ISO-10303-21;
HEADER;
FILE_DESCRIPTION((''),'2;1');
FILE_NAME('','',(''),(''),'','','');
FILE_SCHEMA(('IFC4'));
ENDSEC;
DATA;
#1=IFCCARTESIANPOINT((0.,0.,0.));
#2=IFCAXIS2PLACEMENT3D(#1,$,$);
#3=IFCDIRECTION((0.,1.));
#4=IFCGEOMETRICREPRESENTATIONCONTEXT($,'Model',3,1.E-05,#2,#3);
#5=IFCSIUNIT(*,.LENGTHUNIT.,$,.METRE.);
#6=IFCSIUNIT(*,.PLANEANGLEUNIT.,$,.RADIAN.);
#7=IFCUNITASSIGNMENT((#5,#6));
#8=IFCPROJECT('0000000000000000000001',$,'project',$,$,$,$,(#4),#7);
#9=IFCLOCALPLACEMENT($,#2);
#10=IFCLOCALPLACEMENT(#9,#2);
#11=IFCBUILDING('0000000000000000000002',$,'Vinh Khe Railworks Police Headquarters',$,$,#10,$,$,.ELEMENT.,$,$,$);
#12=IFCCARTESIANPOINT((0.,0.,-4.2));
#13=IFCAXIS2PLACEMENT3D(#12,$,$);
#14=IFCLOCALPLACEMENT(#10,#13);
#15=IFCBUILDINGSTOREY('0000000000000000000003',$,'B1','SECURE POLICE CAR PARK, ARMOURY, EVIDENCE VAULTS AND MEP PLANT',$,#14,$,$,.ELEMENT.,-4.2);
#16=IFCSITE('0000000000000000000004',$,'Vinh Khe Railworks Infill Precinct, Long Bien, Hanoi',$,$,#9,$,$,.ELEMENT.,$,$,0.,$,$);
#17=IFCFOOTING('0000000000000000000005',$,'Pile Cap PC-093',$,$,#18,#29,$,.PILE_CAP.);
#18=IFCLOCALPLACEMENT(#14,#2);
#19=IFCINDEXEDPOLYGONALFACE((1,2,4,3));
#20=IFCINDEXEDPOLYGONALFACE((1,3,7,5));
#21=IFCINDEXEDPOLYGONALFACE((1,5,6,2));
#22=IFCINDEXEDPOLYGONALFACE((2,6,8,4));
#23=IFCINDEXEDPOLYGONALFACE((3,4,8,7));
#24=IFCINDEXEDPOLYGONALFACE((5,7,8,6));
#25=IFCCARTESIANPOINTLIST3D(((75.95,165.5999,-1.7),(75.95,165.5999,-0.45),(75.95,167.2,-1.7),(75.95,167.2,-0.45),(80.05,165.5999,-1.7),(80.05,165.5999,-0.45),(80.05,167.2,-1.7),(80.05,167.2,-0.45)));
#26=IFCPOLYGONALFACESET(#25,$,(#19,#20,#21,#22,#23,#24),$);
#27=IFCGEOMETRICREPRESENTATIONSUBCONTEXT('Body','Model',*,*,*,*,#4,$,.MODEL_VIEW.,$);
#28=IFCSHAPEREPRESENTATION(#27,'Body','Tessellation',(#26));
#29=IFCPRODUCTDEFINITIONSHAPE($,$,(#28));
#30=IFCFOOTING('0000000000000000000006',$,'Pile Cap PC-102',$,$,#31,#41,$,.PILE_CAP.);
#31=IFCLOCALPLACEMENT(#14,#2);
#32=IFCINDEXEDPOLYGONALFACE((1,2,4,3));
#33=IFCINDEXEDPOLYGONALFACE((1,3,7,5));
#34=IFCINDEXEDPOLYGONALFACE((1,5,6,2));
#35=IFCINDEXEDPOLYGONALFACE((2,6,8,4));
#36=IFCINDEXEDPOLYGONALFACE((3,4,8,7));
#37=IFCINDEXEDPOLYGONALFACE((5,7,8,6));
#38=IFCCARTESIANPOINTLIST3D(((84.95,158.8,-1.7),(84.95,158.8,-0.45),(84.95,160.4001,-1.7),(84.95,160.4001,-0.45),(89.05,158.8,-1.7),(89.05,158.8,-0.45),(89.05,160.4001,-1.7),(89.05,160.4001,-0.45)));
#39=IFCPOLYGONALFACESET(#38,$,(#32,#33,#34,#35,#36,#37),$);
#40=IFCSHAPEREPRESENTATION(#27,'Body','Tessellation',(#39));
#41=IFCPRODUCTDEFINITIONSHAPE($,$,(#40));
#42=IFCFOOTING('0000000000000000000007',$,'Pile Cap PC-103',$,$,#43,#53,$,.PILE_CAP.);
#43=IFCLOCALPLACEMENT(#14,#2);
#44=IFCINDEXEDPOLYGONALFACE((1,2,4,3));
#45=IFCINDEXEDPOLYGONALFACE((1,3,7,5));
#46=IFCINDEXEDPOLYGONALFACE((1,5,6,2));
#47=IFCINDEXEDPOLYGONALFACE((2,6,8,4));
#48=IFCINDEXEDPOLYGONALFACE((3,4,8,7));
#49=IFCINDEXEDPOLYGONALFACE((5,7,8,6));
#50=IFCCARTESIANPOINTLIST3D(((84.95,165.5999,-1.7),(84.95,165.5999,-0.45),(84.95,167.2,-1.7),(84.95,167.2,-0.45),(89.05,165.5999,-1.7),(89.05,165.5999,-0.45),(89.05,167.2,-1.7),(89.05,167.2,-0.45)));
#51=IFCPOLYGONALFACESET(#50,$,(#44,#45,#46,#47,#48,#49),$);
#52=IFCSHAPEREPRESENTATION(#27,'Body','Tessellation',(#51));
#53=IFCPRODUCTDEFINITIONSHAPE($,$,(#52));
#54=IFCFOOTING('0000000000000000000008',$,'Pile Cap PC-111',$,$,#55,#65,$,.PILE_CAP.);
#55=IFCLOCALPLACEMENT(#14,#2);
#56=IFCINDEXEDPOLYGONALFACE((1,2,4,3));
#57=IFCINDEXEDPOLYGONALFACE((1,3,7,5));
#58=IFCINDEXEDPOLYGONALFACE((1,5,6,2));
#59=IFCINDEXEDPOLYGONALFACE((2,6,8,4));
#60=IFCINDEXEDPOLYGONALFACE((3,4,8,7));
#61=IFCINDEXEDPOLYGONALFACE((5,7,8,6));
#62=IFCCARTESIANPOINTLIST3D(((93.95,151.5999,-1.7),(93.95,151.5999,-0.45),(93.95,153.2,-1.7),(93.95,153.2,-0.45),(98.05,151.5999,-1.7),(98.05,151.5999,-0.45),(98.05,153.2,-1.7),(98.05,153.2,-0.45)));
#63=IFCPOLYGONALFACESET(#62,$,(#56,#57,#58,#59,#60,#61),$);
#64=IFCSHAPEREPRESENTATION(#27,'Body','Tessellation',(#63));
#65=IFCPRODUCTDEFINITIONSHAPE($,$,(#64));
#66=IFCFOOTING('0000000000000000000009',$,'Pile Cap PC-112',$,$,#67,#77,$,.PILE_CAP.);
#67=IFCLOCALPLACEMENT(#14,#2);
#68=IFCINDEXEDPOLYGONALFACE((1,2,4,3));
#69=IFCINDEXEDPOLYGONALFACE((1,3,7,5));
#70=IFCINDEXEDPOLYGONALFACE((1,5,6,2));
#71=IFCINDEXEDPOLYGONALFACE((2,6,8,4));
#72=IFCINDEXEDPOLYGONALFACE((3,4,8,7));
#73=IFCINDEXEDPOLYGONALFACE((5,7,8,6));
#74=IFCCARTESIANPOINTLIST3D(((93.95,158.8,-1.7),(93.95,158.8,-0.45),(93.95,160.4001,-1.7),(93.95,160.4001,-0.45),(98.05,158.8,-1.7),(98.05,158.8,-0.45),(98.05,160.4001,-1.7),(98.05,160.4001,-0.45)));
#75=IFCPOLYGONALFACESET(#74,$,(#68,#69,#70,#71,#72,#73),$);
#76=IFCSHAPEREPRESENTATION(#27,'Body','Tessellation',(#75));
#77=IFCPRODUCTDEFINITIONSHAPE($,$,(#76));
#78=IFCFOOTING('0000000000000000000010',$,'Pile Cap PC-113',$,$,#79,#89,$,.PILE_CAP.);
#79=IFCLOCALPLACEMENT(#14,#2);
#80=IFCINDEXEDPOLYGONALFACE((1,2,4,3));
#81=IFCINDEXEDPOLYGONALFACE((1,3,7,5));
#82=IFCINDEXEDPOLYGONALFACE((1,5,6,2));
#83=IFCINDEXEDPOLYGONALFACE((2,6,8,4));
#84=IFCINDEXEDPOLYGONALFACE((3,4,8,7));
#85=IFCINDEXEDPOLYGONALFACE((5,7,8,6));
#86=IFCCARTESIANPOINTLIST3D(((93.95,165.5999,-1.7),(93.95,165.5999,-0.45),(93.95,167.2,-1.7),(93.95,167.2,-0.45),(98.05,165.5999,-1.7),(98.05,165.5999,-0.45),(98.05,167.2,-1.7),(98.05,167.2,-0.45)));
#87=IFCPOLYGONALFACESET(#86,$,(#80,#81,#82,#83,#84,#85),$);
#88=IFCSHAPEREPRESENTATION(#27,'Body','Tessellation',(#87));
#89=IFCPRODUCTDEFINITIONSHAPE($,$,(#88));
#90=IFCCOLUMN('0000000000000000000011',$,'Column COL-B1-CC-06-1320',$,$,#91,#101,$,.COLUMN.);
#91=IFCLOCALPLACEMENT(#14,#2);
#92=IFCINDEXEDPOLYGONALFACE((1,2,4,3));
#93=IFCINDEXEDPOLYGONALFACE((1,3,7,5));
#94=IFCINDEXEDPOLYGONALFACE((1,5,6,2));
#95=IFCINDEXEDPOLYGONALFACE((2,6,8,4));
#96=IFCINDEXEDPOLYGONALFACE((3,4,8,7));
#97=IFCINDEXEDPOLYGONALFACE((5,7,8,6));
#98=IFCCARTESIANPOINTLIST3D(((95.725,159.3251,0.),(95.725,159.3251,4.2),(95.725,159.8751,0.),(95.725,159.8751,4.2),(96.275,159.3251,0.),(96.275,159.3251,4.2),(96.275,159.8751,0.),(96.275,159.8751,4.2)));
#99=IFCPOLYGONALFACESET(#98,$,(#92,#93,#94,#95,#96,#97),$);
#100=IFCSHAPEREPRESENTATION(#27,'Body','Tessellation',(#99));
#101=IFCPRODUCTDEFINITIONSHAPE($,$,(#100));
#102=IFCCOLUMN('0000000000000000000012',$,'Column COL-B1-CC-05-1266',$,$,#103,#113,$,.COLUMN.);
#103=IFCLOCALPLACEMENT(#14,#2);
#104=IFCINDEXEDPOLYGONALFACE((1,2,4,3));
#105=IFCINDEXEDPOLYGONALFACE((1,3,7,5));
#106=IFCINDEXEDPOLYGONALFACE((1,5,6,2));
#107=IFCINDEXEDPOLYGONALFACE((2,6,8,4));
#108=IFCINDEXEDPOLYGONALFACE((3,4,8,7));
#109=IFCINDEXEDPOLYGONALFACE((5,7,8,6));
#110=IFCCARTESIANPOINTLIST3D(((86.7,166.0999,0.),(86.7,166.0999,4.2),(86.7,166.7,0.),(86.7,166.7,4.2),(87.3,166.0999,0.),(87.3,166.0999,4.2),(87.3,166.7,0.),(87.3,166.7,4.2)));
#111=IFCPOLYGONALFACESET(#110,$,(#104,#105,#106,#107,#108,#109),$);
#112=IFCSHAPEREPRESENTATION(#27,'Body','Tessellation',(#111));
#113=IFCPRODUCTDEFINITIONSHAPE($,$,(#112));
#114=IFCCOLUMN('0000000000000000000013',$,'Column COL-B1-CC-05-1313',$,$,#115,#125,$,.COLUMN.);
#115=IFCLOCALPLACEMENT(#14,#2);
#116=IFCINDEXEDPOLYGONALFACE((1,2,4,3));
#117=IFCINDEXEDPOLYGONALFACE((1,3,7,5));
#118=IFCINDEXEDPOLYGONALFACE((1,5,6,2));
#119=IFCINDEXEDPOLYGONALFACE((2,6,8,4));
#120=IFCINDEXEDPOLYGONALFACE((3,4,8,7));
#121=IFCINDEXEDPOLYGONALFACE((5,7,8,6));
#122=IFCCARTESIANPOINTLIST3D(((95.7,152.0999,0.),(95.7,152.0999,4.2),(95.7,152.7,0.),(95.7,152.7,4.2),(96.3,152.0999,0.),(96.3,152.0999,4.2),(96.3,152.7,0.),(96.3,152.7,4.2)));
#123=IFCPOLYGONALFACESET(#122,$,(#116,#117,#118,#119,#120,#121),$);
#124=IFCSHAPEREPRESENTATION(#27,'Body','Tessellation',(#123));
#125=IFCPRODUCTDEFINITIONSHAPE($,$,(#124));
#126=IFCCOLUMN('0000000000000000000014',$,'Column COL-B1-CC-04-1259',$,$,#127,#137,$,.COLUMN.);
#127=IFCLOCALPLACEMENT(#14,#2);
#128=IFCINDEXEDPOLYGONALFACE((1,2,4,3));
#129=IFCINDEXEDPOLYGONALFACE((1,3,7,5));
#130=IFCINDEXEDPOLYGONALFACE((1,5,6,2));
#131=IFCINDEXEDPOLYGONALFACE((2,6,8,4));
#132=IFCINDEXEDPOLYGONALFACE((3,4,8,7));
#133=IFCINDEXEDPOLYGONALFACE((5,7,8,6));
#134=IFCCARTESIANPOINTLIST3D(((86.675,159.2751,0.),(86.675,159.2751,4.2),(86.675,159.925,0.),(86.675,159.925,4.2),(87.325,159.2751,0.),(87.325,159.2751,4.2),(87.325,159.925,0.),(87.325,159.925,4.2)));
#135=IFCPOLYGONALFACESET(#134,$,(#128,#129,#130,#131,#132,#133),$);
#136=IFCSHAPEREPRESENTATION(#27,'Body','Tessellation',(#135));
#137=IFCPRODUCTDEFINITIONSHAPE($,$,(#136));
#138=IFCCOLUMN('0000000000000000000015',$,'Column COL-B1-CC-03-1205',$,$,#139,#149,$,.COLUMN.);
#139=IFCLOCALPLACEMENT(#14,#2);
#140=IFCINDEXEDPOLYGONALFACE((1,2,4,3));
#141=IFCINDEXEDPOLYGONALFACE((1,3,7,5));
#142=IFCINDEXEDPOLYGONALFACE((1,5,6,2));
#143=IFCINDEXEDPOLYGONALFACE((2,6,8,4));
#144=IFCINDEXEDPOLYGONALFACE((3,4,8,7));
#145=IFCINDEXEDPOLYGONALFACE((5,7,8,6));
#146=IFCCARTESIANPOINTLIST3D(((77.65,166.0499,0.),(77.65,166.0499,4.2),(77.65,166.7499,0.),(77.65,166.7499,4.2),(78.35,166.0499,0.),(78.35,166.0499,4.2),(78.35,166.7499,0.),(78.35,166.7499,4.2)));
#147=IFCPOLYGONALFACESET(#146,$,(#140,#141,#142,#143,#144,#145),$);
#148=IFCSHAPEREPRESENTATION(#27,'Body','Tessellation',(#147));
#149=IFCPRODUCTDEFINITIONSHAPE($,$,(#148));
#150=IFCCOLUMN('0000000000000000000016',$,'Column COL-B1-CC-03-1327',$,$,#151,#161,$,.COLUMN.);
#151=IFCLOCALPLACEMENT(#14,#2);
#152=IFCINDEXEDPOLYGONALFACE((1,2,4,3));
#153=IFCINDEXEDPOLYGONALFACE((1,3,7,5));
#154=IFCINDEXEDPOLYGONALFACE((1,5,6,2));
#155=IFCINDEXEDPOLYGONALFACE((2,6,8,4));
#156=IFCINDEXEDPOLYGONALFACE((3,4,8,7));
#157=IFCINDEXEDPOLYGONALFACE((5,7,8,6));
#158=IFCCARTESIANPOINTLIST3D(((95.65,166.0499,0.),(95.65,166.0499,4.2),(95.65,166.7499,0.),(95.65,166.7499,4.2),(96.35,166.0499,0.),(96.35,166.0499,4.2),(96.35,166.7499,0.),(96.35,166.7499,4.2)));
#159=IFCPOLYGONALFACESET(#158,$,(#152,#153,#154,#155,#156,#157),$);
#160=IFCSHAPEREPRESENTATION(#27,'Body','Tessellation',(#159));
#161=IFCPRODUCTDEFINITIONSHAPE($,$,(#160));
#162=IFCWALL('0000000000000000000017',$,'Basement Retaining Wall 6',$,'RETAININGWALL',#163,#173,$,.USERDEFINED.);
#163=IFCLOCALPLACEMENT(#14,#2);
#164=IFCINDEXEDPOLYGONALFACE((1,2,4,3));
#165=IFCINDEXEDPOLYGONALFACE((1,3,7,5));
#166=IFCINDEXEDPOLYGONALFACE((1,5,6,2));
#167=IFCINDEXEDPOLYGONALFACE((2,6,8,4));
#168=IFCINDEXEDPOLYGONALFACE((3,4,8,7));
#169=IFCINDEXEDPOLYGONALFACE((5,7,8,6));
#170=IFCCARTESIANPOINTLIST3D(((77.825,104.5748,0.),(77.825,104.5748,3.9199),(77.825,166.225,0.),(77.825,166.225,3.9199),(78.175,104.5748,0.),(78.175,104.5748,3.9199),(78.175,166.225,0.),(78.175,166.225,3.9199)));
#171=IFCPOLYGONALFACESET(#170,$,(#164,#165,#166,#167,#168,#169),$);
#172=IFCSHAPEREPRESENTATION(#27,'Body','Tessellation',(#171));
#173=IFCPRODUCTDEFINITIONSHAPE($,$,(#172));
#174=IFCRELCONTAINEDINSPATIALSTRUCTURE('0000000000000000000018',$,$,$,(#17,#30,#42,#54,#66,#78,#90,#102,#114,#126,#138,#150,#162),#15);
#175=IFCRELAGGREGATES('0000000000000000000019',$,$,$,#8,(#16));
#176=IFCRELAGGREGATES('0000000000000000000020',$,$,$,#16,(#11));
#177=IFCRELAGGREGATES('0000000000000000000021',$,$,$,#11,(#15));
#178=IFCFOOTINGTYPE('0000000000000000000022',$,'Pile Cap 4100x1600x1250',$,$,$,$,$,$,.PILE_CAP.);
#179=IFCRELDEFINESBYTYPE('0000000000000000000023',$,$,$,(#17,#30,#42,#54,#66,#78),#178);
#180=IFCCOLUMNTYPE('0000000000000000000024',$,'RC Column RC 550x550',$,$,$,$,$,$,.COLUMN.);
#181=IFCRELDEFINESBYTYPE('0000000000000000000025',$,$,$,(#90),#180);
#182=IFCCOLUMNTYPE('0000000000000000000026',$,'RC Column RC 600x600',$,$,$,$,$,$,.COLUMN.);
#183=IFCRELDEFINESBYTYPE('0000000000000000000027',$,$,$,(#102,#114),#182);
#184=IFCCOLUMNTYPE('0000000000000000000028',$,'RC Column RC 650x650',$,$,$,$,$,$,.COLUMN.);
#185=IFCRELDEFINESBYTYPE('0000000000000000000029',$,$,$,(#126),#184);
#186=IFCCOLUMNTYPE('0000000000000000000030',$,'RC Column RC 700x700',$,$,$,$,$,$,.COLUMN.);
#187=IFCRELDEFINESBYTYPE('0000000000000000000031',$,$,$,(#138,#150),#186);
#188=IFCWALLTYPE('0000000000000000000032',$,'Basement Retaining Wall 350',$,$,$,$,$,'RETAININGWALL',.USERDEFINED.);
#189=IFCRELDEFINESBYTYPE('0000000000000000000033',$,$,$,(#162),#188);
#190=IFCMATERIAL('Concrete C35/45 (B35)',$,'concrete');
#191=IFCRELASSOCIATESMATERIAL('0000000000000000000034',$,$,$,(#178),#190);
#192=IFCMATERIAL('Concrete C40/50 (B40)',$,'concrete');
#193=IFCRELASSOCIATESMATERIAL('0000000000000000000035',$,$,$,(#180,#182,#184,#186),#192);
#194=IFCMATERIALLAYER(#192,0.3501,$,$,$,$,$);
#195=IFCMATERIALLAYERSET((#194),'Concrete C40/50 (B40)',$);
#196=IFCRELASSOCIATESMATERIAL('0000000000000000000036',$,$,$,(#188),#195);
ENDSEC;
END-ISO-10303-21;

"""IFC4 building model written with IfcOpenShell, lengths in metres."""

from ifc_helpers import new_model, si_unit, direction, frame, frame_2d, origin, origin_2d, place, context, subcontext, project, spatial, rectangle, extrude, material, layer, layer_set, material_profile, profile_set, type_object, element, save


model = new_model("IFC4")

# Units and contexts
model_context = context("Model", 3, precision=1e-05, world=origin(), true_north=direction((0.0, 1.0)))
body_context = subcontext(model_context, "Body", "Model", "MODEL_VIEW")
ifc_project = project(units=[si_unit("LENGTHUNIT", "METRE"), si_unit("PLANEANGLEUNIT", "RADIAN")], contexts=[model_context])

# Site, building, storey
site_placement = place(None, origin())
site = spatial("IfcSite", under=ifc_project, at=site_placement, Name="Vinh Khe Railworks Infill Precinct, Long Bien, Hanoi", CompositionType="ELEMENT", RefElevation=0.0)
building_placement = place(site_placement, origin())
building = spatial("IfcBuilding", under=site, at=building_placement, Name="Vinh Khe Railworks Police Headquarters", CompositionType="ELEMENT")
storey_placement = place(building_placement, frame((0.0, 0.0, -4.2)))
storey = spatial("IfcBuildingStorey", under=building, at=storey_placement, Name="B1", Description="SECURE POLICE CAR PARK, ARMOURY, EVIDENCE VAULTS AND MEP PLANT", CompositionType="ELEMENT", Elevation=-4.2)

# Shared definitions
ifc_material_1 = material(Name="Concrete C35/45 (B35)", Category="concrete")

# Footings
footing_type_1 = type_object("IfcFootingType", Name="Pile Cap 4100x1600x1250", PredefinedType="PILE_CAP", material=ifc_material_1)
for number, where, z_axis, x_axis, name in (
    (1, (78.0, 166.3999, -1.7), (0.0, 0.0, 1.0), (1.0, 0.0, 0.0), "Pile Cap PC-093"),
    (2, (87.0, 159.6001, -1.7), (0.0, 0.0, 1.0), (1.0, 0.0, 0.0), "Pile Cap PC-102"),
    (3, (87.0, 166.3999, -1.7), (0.0, 0.0, 1.0), (1.0, 0.0, 0.0), "Pile Cap PC-103"),
    (4, (96.0, 152.3999, -1.7), (0.0, 0.0, 1.0), (1.0, 0.0, 0.0), "Pile Cap PC-111"),
    (5, (96.0, 159.6001, -1.7), (0.0, 0.0, 1.0), (1.0, 0.0, 0.0), "Pile Cap PC-112"),
    (6, (96.0, 166.3999, -1.7), (0.0, 0.0, 1.0), (1.0, 0.0, 0.0), "Pile Cap PC-113"),
):
    element("IfcFooting", number, at=place(storey_placement, frame(where, z_axis=z_axis, x_axis=x_axis)), inside=storey, type_object=footing_type_1, Name=name, PredefinedType="PILE_CAP", context=body_context, shape_type="SweptSolid", body=[
        extrude(rectangle(XDim=4.1001, YDim=1.6001, at=origin_2d()), origin(), (0.0, 0.0, 1.0), 1.25),
    ])

# Columns
ifc_material_2 = material(Name="Concrete C40/50 (B40)", Category="concrete")
ifc_material_profile_1 = material_profile(ifc_material_2, rectangle(XDim=0.55, YDim=0.55, at=origin_2d()), Name="RC 550x550")
ifc_profile_set_1 = profile_set([ifc_material_profile_1], Name="Concrete C40/50 (B40)")
column_type_1 = type_object("IfcColumnType", Name="RC Column RC 550x550", PredefinedType="COLUMN", material=ifc_profile_set_1)
column_1_placement = place(storey_placement, frame((96.0, 159.6001, 0.0), z_axis=(0.0, 0.0, 1.0), x_axis=(1.0, 0.0, 0.0)))
element("IfcColumn", 7, at=column_1_placement, inside=storey, type_object=column_type_1, Name="Column COL-B1-CC-06-1320", PredefinedType="COLUMN", context=body_context, shape_type="SweptSolid", body=[
    extrude(rectangle(XDim=0.55, YDim=0.55, at=origin_2d()), origin(), (0.0, 0.0, 1.0), 4.2),
])
ifc_material_profile_2 = material_profile(ifc_material_2, rectangle(XDim=0.6001, YDim=0.6001, at=origin_2d()), Name="RC 600x600")
ifc_profile_set_2 = profile_set([ifc_material_profile_2], Name="Concrete C40/50 (B40)")
column_type_2 = type_object("IfcColumnType", Name="RC Column RC 600x600", PredefinedType="COLUMN", material=ifc_profile_set_2)
for number, where, z_axis, x_axis, name in (
    (8, (87.0, 166.3999, 0.0), (0.0, 0.0, 1.0), (1.0, 0.0, 0.0), "Column COL-B1-CC-05-1266"),
    (9, (96.0, 152.3999, 0.0), (0.0, 0.0, 1.0), (1.0, 0.0, 0.0), "Column COL-B1-CC-05-1313"),
):
    element("IfcColumn", number, at=place(storey_placement, frame(where, z_axis=z_axis, x_axis=x_axis)), inside=storey, type_object=column_type_2, Name=name, PredefinedType="COLUMN", context=body_context, shape_type="SweptSolid", body=[
        extrude(rectangle(XDim=0.6001, YDim=0.6001, at=origin_2d()), origin(), (0.0, 0.0, 1.0), 4.2),
    ])
ifc_material_profile_3 = material_profile(ifc_material_2, rectangle(XDim=0.6499, YDim=0.6499, at=origin_2d()), Name="RC 650x650")
ifc_profile_set_3 = profile_set([ifc_material_profile_3], Name="Concrete C40/50 (B40)")
column_type_3 = type_object("IfcColumnType", Name="RC Column RC 650x650", PredefinedType="COLUMN", material=ifc_profile_set_3)
column_2_placement = place(storey_placement, frame((87.0, 159.6001, 0.0), z_axis=(0.0, 0.0, 1.0), x_axis=(1.0, 0.0, 0.0)))
element("IfcColumn", 10, at=column_2_placement, inside=storey, type_object=column_type_3, Name="Column COL-B1-CC-04-1259", PredefinedType="COLUMN", context=body_context, shape_type="SweptSolid", body=[
    extrude(rectangle(XDim=0.6499, YDim=0.6499, at=origin_2d()), origin(), (0.0, 0.0, 1.0), 4.2),
])
ifc_material_profile_4 = material_profile(ifc_material_2, rectangle(XDim=0.7, YDim=0.7, at=origin_2d()), Name="RC 700x700")
ifc_profile_set_4 = profile_set([ifc_material_profile_4], Name="Concrete C40/50 (B40)")
column_type_4 = type_object("IfcColumnType", Name="RC Column RC 700x700", PredefinedType="COLUMN", material=ifc_profile_set_4)
for number, where, z_axis, x_axis, name in (
    (11, (78.0, 166.3999, 0.0), (0.0, 0.0, 1.0), (1.0, 0.0, 0.0), "Column COL-B1-CC-03-1205"),
    (12, (96.0, 166.3999, 0.0), (0.0, 0.0, 1.0), (1.0, 0.0, 0.0), "Column COL-B1-CC-03-1327"),
):
    element("IfcColumn", number, at=place(storey_placement, frame(where, z_axis=z_axis, x_axis=x_axis)), inside=storey, type_object=column_type_4, Name=name, PredefinedType="COLUMN", context=body_context, shape_type="SweptSolid", body=[
        extrude(rectangle(XDim=0.7, YDim=0.7, at=origin_2d()), origin(), (0.0, 0.0, 1.0), 4.2),
    ])

# Wall
ifc_layer = layer(ifc_material_2, 0.3501)
ifc_layer_set = layer_set([ifc_layer], Name="Concrete C40/50 (B40)")
wall_type = type_object("IfcWallType", Name="Basement Retaining Wall 350", ElementType="RETAININGWALL", PredefinedType="USERDEFINED", material=ifc_layer_set)
wall_placement = place(storey_placement, frame((78.0, 166.2251, 0.0), z_axis=(0.0, 0.0, 1.0), x_axis=(0.0, -1.0, 0.0)))
element("IfcWall", 13, at=wall_placement, inside=storey, type_object=wall_type, Name="Basement Retaining Wall 6", ObjectType="RETAININGWALL", PredefinedType="USERDEFINED", context=body_context, shape_type="SweptSolid", body=[
    extrude(rectangle(XDim=61.6501, YDim=0.3501, at=frame_2d((30.8252, 0.0))), origin(), (0.0, 0.0, 1.0), 3.9199),
])

save(model, "model.ifc")
